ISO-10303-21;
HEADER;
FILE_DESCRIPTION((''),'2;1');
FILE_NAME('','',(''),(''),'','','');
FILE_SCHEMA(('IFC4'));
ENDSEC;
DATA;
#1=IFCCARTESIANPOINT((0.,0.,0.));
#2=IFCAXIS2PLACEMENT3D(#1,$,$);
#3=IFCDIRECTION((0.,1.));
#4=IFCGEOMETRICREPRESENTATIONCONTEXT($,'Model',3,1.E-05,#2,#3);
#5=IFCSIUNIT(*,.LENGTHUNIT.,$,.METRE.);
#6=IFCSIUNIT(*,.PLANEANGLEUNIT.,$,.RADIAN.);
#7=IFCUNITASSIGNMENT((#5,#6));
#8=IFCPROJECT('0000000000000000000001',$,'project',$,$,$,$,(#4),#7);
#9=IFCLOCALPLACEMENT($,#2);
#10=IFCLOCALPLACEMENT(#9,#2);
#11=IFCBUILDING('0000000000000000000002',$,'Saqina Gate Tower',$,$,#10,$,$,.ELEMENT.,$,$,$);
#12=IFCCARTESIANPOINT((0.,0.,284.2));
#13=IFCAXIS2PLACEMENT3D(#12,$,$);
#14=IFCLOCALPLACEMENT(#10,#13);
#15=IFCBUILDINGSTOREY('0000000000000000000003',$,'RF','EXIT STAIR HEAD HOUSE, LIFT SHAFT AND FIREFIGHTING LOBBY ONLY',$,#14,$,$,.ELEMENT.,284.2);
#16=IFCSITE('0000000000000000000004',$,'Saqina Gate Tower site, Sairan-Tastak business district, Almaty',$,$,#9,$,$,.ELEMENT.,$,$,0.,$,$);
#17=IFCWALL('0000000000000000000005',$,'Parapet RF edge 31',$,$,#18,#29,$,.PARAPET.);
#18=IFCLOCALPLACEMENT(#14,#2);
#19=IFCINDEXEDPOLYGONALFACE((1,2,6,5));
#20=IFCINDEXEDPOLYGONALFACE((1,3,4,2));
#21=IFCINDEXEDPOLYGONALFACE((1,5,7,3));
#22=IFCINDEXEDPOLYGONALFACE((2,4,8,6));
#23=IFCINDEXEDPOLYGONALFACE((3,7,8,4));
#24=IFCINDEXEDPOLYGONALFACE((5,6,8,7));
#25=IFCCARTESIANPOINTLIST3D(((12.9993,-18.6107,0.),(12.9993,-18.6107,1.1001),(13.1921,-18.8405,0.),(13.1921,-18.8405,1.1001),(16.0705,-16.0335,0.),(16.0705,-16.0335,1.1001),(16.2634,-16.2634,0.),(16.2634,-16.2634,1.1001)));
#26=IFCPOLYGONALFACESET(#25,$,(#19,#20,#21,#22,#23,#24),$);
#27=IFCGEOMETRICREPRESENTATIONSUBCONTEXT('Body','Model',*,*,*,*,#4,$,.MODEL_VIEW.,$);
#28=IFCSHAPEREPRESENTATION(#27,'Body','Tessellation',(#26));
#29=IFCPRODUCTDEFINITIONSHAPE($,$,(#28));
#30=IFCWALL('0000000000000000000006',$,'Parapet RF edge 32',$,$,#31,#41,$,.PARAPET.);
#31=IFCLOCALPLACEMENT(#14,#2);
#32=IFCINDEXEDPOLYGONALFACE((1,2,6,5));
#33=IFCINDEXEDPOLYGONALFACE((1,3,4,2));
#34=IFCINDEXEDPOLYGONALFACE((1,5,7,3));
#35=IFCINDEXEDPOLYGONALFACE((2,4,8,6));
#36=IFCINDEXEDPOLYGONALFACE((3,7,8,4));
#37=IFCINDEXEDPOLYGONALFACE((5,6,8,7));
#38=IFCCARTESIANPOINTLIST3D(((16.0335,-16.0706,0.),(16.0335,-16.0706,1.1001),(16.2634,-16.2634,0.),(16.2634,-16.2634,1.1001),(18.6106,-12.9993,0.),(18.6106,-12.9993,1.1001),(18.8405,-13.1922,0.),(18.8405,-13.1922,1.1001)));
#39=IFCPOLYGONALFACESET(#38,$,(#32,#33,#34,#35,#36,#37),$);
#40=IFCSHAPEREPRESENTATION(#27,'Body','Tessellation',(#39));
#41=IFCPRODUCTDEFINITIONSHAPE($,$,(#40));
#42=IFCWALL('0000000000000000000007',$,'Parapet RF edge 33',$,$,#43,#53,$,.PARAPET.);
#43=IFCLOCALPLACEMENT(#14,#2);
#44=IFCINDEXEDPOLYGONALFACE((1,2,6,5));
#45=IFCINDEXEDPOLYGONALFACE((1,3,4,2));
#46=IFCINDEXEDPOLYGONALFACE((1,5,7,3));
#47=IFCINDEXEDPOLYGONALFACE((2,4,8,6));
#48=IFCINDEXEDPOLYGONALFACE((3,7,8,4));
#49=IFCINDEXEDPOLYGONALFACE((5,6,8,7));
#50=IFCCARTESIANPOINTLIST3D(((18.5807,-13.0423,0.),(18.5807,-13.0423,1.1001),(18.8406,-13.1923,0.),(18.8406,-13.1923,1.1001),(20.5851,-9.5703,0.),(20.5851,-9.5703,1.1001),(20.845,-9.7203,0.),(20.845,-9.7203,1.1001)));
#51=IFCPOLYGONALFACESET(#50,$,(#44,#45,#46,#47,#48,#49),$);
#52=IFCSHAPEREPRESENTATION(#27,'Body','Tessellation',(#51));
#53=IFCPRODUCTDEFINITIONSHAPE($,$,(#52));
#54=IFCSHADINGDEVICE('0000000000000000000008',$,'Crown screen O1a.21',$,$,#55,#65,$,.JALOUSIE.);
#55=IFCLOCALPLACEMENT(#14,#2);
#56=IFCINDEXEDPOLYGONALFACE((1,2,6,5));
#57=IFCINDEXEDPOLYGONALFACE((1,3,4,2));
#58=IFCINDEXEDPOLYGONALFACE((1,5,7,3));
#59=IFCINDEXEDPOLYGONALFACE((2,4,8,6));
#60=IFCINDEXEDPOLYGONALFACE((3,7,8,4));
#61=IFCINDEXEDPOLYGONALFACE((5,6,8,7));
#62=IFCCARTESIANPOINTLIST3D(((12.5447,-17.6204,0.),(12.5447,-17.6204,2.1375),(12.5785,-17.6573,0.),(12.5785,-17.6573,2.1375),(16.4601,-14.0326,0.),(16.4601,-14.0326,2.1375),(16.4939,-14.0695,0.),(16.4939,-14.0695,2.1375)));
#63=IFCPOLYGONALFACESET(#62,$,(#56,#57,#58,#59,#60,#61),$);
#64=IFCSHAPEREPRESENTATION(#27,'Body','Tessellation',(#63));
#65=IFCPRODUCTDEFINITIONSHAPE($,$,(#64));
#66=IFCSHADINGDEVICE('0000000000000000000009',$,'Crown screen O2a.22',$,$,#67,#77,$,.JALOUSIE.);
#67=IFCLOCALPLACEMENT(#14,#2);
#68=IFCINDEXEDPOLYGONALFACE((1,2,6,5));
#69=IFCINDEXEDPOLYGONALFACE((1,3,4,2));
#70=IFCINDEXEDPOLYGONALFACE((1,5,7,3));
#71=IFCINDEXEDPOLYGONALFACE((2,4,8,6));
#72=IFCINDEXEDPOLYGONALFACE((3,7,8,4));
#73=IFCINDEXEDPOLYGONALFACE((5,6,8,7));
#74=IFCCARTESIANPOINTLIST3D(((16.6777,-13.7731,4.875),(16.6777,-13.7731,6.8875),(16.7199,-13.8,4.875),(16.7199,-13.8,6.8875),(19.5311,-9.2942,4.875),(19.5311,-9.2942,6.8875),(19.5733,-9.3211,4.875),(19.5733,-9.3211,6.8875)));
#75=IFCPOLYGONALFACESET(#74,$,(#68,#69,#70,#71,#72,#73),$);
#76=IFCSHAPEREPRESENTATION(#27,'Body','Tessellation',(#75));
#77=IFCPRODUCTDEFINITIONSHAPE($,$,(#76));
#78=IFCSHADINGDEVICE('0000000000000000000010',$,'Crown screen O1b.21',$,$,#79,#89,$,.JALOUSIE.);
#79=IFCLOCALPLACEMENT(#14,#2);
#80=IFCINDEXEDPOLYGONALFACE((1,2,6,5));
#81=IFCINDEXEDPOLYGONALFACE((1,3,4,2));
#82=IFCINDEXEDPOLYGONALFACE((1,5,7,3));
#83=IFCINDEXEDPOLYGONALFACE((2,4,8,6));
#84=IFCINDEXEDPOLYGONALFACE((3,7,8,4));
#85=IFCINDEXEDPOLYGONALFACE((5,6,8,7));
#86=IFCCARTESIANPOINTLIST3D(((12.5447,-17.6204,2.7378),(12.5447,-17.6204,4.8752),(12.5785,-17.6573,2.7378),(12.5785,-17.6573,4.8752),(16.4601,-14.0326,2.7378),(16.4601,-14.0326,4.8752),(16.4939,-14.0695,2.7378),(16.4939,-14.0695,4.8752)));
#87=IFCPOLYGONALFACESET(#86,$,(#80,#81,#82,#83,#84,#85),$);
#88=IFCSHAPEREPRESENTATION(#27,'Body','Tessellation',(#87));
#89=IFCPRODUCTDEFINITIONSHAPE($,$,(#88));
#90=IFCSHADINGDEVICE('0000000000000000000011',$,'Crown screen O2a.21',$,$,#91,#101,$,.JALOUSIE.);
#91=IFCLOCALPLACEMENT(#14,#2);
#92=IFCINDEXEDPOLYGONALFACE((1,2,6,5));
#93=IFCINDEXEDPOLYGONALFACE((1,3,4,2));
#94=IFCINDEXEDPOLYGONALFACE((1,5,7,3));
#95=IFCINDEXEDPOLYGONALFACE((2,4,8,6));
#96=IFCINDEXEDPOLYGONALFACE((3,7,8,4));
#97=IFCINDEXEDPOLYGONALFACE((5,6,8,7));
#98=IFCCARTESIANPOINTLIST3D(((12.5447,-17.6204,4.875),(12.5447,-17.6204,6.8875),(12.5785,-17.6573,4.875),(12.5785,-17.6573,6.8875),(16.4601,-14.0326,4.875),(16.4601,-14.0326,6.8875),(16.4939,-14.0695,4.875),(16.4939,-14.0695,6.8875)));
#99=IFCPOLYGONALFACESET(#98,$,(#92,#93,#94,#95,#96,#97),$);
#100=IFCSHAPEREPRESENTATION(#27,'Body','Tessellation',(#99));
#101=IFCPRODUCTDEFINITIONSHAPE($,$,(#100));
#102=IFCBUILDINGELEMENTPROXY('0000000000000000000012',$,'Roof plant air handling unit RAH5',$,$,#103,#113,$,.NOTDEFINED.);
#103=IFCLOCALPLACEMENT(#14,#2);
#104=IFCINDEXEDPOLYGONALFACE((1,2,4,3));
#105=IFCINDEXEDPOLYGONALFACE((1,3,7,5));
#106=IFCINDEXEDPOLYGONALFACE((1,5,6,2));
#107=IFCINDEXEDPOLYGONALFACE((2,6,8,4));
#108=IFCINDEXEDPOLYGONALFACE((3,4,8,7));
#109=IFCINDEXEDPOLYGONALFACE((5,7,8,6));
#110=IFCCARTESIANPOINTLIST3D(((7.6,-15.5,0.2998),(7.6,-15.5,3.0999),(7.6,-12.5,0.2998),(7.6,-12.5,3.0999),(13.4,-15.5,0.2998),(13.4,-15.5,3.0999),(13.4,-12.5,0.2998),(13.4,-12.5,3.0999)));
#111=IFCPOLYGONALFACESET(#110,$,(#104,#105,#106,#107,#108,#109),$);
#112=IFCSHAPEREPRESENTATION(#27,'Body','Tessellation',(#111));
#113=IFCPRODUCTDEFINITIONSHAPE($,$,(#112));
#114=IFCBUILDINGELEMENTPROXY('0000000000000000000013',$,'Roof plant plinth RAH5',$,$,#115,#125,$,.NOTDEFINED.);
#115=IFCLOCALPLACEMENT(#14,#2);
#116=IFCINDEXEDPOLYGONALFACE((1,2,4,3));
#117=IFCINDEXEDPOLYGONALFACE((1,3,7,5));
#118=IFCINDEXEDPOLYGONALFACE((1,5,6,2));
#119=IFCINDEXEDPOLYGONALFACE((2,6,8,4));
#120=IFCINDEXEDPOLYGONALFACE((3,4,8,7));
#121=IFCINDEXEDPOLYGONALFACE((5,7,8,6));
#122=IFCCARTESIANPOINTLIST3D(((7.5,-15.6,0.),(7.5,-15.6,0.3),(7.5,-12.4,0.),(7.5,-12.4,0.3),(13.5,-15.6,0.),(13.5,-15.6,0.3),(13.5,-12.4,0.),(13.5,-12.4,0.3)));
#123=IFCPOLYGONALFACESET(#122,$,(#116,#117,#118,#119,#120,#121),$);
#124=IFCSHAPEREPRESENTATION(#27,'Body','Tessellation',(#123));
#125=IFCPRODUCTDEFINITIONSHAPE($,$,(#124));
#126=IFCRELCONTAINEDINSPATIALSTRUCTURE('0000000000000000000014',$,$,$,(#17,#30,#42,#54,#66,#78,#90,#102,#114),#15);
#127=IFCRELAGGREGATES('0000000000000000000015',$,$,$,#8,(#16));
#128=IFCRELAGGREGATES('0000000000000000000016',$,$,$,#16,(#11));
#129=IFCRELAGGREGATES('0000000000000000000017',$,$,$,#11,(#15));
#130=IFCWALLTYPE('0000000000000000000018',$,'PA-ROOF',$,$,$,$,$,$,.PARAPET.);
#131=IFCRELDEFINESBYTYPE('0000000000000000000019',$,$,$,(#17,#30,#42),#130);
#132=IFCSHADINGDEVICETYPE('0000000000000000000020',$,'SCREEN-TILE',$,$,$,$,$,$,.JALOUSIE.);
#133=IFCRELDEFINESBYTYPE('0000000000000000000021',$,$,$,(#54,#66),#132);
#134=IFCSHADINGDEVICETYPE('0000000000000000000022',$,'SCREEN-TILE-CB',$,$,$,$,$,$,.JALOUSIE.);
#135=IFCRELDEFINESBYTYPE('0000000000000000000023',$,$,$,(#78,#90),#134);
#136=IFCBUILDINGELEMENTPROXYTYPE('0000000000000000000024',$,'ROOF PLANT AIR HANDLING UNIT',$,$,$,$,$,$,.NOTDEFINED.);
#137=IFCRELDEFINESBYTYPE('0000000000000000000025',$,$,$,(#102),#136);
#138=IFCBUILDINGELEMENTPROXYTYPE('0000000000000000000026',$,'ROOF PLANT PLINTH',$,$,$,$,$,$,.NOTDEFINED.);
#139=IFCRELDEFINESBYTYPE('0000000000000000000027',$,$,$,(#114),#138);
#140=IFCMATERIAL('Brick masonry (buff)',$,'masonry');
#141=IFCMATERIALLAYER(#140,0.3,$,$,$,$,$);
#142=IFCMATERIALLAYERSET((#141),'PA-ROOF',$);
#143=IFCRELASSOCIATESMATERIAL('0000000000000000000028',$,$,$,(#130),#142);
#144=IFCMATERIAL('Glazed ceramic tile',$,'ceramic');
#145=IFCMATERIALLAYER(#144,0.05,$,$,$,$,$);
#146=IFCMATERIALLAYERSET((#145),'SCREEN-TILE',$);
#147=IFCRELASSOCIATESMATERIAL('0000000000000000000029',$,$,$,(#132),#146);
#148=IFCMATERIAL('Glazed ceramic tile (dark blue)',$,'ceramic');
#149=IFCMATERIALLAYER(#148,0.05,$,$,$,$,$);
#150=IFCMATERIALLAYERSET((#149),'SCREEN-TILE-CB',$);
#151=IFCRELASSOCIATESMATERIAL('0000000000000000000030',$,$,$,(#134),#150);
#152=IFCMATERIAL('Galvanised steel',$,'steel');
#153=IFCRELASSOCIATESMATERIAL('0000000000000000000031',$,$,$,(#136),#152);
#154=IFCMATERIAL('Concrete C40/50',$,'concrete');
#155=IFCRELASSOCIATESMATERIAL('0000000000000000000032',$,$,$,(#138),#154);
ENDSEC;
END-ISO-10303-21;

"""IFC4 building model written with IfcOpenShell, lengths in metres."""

from ifc_helpers import new_model, si_unit, direction, frame, frame_2d, origin, origin_2d, place, context, subcontext, project, spatial, rectangle, extrude, material, layer, layer_set, type_object, element, save


model = new_model("IFC4")

# Units and contexts
model_context = context("Model", 3, precision=1e-05, world=origin(), true_north=direction((0.0, 1.0)))
body_context = subcontext(model_context, "Body", "Model", "MODEL_VIEW")
ifc_project = project(units=[si_unit("LENGTHUNIT", "METRE"), si_unit("PLANEANGLEUNIT", "RADIAN")], contexts=[model_context])

# Site, building, storey
site_placement = place(None, origin())
site = spatial("IfcSite", under=ifc_project, at=site_placement, Name="Saqina Gate Tower site, Sairan-Tastak business district, Almaty", CompositionType="ELEMENT", RefElevation=0.0)
building_placement = place(site_placement, origin())
building = spatial("IfcBuilding", under=site, at=building_placement, Name="Saqina Gate Tower", CompositionType="ELEMENT")
storey_placement = place(building_placement, frame((0.0, 0.0, 284.2)))
storey = spatial("IfcBuildingStorey", under=building, at=storey_placement, Name="RF", Description="EXIT STAIR HEAD HOUSE, LIFT SHAFT AND FIREFIGHTING LOBBY ONLY", CompositionType="ELEMENT", Elevation=284.2)

# Walls
ifc_material_1 = material(Name="Brick masonry (buff)", Category="masonry")
ifc_layer_1 = layer(ifc_material_1, 0.3)
ifc_layer_set_1 = layer_set([ifc_layer_1], Name="PA-ROOF")
wall_type = type_object("IfcWallType", Name="PA-ROOF", PredefinedType="PARAPET", material=ifc_layer_set_1)
for number, where, z_axis, x_axis, name in (
    (1, (13.0957, -18.7256, 0.0), (0.0, 0.0, 1.0), (0.766041, 0.642792, 0.0), "Parapet RF edge 31"),
    (2, (16.1484, -16.167, 0.0), (0.0, 0.0, 1.0), (0.642792, 0.766041, 0.0), "Parapet RF edge 32"),
):
    element("IfcWall", number, at=place(storey_placement, frame(where, z_axis=z_axis, x_axis=x_axis)), inside=storey, type_object=wall_type, Name=name, PredefinedType="PARAPET", context=body_context, shape_type="SweptSolid", body=[
        extrude(rectangle(XDim=4.0093, YDim=0.3, at=frame_2d((2.0046, 0.0))), origin(), (0.0, 0.0, 1.0), 1.1001),
    ])
wall_placement = place(storey_placement, frame((18.7107, -13.1172, 0.0), z_axis=(0.0, 0.0, 1.0), x_axis=(0.499977, 0.866039, 0.0)))
element("IfcWall", 3, at=wall_placement, inside=storey, type_object=wall_type, Name="Parapet RF edge 33", PredefinedType="PARAPET", context=body_context, shape_type="SweptSolid", body=[
    extrude(rectangle(XDim=4.009, YDim=0.3, at=frame_2d((2.0044, 0.0))), origin(), (0.0, 0.0, 1.0), 1.1001),
])

# Shading devices
ifc_material_2 = material(Name="Glazed ceramic tile", Category="ceramic")
ifc_layer_2 = layer(ifc_material_2, 0.05)
ifc_layer_set_2 = layer_set([ifc_layer_2], Name="SCREEN-TILE")
shading_device_type_1 = type_object("IfcShadingDeviceType", Name="SCREEN-TILE", PredefinedType="JALOUSIE", material=ifc_layer_set_2)
shading_device_1_placement = place(storey_placement, frame((14.5193, -15.845, 0.0), z_axis=(0.0, 0.0, 1.0), x_axis=(0.737277, 0.67559, 0.0)))
element("IfcShadingDevice", 4, at=shading_device_1_placement, inside=storey, type_object=shading_device_type_1, Name="Crown screen O1a.21", PredefinedType="JALOUSIE", context=body_context, shape_type="SweptSolid", body=[
    extrude(rectangle(XDim=5.3105, YDim=0.05, at=origin_2d()), origin(), (0.0, 0.0, 1.0), 2.1375),
])
shading_device_2_placement = place(storey_placement, frame((18.1255, -11.5471, 4.875), z_axis=(0.0, 0.0, 1.0), x_axis=(0.5373, 0.843391, 0.0)))
element("IfcShadingDevice", 5, at=shading_device_2_placement, inside=storey, type_object=shading_device_type_1, Name="Crown screen O2a.22", PredefinedType="JALOUSIE", context=body_context, shape_type="SweptSolid", body=[
    extrude(rectangle(XDim=5.3105, YDim=0.05, at=origin_2d()), origin(), (0.0, 0.0, 1.0), 2.0125),
])
ifc_material_3 = material(Name="Glazed ceramic tile (dark blue)", Category="ceramic")
ifc_layer_3 = layer(ifc_material_3, 0.05)
ifc_layer_set_3 = layer_set([ifc_layer_3], Name="SCREEN-TILE-CB")
shading_device_type_2 = type_object("IfcShadingDeviceType", Name="SCREEN-TILE-CB", PredefinedType="JALOUSIE", material=ifc_layer_set_3)
shading_device_3_placement = place(storey_placement, frame((14.5193, -15.845, 2.7378), z_axis=(0.0, 0.0, 1.0), x_axis=(0.737277, 0.67559, 0.0)))
element("IfcShadingDevice", 6, at=shading_device_3_placement, inside=storey, type_object=shading_device_type_2, Name="Crown screen O1b.21", PredefinedType="JALOUSIE", context=body_context, shape_type="SweptSolid", body=[
    extrude(rectangle(XDim=5.3105, YDim=0.05, at=origin_2d()), origin(), (0.0, 0.0, 1.0), 2.1375),
])
shading_device_4_placement = place(storey_placement, frame((14.5193, -15.845, 4.875), z_axis=(0.0, 0.0, 1.0), x_axis=(0.737277, 0.67559, 0.0)))
element("IfcShadingDevice", 7, at=shading_device_4_placement, inside=storey, type_object=shading_device_type_2, Name="Crown screen O2a.21", PredefinedType="JALOUSIE", context=body_context, shape_type="SweptSolid", body=[
    extrude(rectangle(XDim=5.3105, YDim=0.05, at=origin_2d()), origin(), (0.0, 0.0, 1.0), 2.0125),
])

# Building element proxies
ifc_material_4 = material(Name="Galvanised steel", Category="steel")
building_element_proxy_type_1 = type_object("IfcBuildingElementProxyType", Name="ROOF PLANT AIR HANDLING UNIT", PredefinedType="NOTDEFINED", material=ifc_material_4)
proxy_1_placement = place(storey_placement, frame((10.5, -14.0, 0.2998), z_axis=(0.0, 0.0, 1.0), x_axis=(1.0, 0.0, 0.0)))
element("IfcBuildingElementProxy", 8, at=proxy_1_placement, inside=storey, type_object=building_element_proxy_type_1, Name="Roof plant air handling unit RAH5", PredefinedType="NOTDEFINED", context=body_context, shape_type="SweptSolid", body=[
    extrude(rectangle(XDim=5.8, YDim=3.0, at=origin_2d()), origin(), (0.0, 0.0, 1.0), 2.8),
])
ifc_material_5 = material(Name="Concrete C40/50", Category="concrete")
building_element_proxy_type_2 = type_object("IfcBuildingElementProxyType", Name="ROOF PLANT PLINTH", PredefinedType="NOTDEFINED", material=ifc_material_5)
proxy_2_placement = place(storey_placement, frame((10.5, -14.0, 0.0), z_axis=(0.0, 0.0, 1.0), x_axis=(1.0, 0.0, 0.0)))
element("IfcBuildingElementProxy", 9, at=proxy_2_placement, inside=storey, type_object=building_element_proxy_type_2, Name="Roof plant plinth RAH5", PredefinedType="NOTDEFINED", context=body_context, shape_type="SweptSolid", body=[
    extrude(rectangle(XDim=6.0, YDim=3.2, at=origin_2d()), origin(), (0.0, 0.0, 1.0), 0.3),
])

save(model, "model.ifc")
